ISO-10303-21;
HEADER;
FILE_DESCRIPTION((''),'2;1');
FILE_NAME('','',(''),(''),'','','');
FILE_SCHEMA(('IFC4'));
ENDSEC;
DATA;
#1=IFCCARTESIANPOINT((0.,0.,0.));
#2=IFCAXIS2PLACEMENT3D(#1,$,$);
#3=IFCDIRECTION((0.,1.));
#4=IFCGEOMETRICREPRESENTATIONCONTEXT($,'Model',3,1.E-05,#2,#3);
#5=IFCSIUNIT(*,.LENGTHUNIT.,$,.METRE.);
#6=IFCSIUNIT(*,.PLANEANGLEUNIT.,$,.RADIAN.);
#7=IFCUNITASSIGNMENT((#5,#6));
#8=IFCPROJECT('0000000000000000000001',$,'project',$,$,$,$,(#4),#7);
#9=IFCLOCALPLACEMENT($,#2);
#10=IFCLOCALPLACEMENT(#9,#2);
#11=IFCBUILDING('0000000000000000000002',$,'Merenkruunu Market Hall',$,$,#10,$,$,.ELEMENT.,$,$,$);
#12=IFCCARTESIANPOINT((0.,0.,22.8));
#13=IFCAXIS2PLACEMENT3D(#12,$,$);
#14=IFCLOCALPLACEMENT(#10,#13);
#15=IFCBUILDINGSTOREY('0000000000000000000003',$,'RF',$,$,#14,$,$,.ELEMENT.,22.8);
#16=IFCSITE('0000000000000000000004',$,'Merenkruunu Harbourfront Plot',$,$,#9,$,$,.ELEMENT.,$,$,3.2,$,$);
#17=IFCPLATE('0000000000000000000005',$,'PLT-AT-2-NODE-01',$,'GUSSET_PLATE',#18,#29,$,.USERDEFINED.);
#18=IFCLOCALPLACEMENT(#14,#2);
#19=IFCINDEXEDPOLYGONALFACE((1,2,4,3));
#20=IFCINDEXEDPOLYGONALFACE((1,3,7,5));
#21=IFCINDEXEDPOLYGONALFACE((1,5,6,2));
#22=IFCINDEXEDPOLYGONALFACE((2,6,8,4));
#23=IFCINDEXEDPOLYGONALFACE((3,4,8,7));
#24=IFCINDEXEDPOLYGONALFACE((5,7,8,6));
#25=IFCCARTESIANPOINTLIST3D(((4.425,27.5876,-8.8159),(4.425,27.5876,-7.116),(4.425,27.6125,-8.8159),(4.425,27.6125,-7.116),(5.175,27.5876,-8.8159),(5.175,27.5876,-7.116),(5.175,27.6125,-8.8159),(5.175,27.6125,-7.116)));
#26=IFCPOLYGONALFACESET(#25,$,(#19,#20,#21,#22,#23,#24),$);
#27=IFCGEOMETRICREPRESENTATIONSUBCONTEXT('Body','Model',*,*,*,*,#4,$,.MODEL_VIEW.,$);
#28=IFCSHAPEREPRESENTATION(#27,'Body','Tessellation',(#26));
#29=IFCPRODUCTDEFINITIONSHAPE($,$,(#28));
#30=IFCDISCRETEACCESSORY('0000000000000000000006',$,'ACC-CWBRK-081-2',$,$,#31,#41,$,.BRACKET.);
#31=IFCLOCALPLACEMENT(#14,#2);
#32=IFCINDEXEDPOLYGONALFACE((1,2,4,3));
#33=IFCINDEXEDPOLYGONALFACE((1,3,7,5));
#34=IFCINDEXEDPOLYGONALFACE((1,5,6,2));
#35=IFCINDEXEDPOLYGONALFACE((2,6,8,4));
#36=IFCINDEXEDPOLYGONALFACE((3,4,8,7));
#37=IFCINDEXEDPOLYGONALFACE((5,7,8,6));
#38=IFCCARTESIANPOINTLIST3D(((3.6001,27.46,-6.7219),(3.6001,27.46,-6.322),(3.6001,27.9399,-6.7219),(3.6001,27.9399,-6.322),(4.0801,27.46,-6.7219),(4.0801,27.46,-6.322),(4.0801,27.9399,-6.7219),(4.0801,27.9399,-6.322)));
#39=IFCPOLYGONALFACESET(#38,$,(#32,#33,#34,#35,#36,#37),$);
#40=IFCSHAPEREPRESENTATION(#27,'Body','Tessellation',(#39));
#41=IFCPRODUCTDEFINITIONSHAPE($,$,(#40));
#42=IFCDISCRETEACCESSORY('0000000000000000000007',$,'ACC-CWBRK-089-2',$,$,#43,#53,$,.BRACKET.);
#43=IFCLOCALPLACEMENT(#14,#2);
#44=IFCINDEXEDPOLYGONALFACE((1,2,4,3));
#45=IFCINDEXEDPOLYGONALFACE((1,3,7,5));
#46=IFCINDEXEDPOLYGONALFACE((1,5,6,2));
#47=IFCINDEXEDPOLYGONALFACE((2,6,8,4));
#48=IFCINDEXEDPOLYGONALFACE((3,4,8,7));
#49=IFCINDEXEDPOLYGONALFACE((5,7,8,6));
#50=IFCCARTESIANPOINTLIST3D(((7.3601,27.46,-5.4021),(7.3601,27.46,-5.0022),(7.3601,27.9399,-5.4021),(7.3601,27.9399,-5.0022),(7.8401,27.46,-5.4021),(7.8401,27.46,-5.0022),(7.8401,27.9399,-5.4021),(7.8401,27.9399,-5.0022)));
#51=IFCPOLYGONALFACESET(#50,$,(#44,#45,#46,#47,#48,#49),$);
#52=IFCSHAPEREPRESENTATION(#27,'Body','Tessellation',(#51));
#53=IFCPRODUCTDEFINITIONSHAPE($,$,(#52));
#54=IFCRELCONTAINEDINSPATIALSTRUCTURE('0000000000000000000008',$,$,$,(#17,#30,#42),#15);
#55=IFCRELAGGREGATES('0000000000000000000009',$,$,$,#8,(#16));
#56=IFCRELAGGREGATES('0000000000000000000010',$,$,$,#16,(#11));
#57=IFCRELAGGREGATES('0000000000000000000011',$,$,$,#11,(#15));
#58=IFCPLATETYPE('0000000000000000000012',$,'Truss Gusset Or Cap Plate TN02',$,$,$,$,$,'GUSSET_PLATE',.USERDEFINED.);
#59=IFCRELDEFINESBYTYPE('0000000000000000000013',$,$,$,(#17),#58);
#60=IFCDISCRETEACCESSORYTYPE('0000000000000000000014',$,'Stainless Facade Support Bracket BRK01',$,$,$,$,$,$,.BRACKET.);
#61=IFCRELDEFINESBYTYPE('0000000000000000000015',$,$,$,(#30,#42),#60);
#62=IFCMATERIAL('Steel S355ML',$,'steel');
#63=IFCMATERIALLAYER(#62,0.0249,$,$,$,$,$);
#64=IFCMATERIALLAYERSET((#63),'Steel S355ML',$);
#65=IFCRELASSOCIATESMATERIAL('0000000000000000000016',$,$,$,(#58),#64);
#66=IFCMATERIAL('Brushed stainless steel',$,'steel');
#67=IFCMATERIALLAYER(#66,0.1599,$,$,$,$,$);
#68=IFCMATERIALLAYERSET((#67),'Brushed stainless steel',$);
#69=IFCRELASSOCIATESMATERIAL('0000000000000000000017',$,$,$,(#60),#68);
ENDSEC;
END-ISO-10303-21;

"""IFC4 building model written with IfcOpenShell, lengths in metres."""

from ifc_helpers import new_model, si_unit, direction, frame, origin, origin_2d, place, context, subcontext, project, spatial, rectangle, extrude, material, layer, layer_set, type_object, element, save


model = new_model("IFC4")

# Units and contexts
model_context = context("Model", 3, precision=1e-05, world=origin(), true_north=direction((0.0, 1.0)))
body_context = subcontext(model_context, "Body", "Model", "MODEL_VIEW")
ifc_project = project(units=[si_unit("LENGTHUNIT", "METRE"), si_unit("PLANEANGLEUNIT", "RADIAN")], contexts=[model_context])

# Site, building, storey
site_placement = place(None, origin())
site = spatial("IfcSite", under=ifc_project, at=site_placement, Name="Merenkruunu Harbourfront Plot", CompositionType="ELEMENT", RefElevation=3.2)
building_placement = place(site_placement, origin())
building = spatial("IfcBuilding", under=site, at=building_placement, Name="Merenkruunu Market Hall", CompositionType="ELEMENT")
storey_placement = place(building_placement, frame((0.0, 0.0, 22.8)))
storey = spatial("IfcBuildingStorey", under=building, at=storey_placement, Name="RF", CompositionType="ELEMENT", Elevation=22.8)

# Shared definitions
ifc_material_1 = material(Name="Steel S355ML", Category="steel")

# Plate
ifc_layer_1 = layer(ifc_material_1, 0.0249)
ifc_layer_set_1 = layer_set([ifc_layer_1], Name="Steel S355ML")
plate_type_1 = type_object("IfcPlateType", Name="Truss Gusset Or Cap Plate TN02", ElementType="GUSSET_PLATE", PredefinedType="USERDEFINED", material=ifc_layer_set_1)
plate_1_placement = place(storey_placement, frame((4.8, 27.6001, -8.8159), z_axis=(0.0, 0.0, 1.0), x_axis=(1.0, 0.0, 0.0)))
element("IfcPlate", 1, at=plate_1_placement, inside=storey, type_object=plate_type_1, Name="PLT-AT-2-NODE-01", ObjectType="GUSSET_PLATE", PredefinedType="USERDEFINED", context=body_context, shape_type="SweptSolid", body=[
    extrude(rectangle(XDim=0.75, YDim=0.0249, at=origin_2d()), origin(), (0.0, 0.0, 1.0), 1.7),
])

# Discrete accessories
ifc_material_2 = material(Name="Brushed stainless steel", Category="steel")
ifc_layer_2 = layer(ifc_material_2, 0.1599)
ifc_layer_set_2 = layer_set([ifc_layer_2], Name="Brushed stainless steel")
discrete_accessory_type = type_object("IfcDiscreteAccessoryType", Name="Stainless Facade Support Bracket BRK01", PredefinedType="BRACKET", material=ifc_layer_set_2)
for number, where, z_axis, x_axis, name in (
    (2, (3.8401, 27.7, -6.7219), (0.0, 0.0, 1.0), (1.0, 0.0, 0.0), "ACC-CWBRK-081-2"),
    (3, (7.6001, 27.7, -5.4021), (0.0, 0.0, 1.0), (1.0, 0.0, 0.0), "ACC-CWBRK-089-2"),
):
    element("IfcDiscreteAccessory", number, at=place(storey_placement, frame(where, z_axis=z_axis, x_axis=x_axis)), inside=storey, type_object=discrete_accessory_type, Name=name, PredefinedType="BRACKET", context=body_context, shape_type="SweptSolid", body=[
        extrude(rectangle(XDim=0.48, YDim=0.48, at=origin_2d()), origin(), (0.0, 0.0, 1.0), 0.3999),
    ])

save(model, "model.ifc")
